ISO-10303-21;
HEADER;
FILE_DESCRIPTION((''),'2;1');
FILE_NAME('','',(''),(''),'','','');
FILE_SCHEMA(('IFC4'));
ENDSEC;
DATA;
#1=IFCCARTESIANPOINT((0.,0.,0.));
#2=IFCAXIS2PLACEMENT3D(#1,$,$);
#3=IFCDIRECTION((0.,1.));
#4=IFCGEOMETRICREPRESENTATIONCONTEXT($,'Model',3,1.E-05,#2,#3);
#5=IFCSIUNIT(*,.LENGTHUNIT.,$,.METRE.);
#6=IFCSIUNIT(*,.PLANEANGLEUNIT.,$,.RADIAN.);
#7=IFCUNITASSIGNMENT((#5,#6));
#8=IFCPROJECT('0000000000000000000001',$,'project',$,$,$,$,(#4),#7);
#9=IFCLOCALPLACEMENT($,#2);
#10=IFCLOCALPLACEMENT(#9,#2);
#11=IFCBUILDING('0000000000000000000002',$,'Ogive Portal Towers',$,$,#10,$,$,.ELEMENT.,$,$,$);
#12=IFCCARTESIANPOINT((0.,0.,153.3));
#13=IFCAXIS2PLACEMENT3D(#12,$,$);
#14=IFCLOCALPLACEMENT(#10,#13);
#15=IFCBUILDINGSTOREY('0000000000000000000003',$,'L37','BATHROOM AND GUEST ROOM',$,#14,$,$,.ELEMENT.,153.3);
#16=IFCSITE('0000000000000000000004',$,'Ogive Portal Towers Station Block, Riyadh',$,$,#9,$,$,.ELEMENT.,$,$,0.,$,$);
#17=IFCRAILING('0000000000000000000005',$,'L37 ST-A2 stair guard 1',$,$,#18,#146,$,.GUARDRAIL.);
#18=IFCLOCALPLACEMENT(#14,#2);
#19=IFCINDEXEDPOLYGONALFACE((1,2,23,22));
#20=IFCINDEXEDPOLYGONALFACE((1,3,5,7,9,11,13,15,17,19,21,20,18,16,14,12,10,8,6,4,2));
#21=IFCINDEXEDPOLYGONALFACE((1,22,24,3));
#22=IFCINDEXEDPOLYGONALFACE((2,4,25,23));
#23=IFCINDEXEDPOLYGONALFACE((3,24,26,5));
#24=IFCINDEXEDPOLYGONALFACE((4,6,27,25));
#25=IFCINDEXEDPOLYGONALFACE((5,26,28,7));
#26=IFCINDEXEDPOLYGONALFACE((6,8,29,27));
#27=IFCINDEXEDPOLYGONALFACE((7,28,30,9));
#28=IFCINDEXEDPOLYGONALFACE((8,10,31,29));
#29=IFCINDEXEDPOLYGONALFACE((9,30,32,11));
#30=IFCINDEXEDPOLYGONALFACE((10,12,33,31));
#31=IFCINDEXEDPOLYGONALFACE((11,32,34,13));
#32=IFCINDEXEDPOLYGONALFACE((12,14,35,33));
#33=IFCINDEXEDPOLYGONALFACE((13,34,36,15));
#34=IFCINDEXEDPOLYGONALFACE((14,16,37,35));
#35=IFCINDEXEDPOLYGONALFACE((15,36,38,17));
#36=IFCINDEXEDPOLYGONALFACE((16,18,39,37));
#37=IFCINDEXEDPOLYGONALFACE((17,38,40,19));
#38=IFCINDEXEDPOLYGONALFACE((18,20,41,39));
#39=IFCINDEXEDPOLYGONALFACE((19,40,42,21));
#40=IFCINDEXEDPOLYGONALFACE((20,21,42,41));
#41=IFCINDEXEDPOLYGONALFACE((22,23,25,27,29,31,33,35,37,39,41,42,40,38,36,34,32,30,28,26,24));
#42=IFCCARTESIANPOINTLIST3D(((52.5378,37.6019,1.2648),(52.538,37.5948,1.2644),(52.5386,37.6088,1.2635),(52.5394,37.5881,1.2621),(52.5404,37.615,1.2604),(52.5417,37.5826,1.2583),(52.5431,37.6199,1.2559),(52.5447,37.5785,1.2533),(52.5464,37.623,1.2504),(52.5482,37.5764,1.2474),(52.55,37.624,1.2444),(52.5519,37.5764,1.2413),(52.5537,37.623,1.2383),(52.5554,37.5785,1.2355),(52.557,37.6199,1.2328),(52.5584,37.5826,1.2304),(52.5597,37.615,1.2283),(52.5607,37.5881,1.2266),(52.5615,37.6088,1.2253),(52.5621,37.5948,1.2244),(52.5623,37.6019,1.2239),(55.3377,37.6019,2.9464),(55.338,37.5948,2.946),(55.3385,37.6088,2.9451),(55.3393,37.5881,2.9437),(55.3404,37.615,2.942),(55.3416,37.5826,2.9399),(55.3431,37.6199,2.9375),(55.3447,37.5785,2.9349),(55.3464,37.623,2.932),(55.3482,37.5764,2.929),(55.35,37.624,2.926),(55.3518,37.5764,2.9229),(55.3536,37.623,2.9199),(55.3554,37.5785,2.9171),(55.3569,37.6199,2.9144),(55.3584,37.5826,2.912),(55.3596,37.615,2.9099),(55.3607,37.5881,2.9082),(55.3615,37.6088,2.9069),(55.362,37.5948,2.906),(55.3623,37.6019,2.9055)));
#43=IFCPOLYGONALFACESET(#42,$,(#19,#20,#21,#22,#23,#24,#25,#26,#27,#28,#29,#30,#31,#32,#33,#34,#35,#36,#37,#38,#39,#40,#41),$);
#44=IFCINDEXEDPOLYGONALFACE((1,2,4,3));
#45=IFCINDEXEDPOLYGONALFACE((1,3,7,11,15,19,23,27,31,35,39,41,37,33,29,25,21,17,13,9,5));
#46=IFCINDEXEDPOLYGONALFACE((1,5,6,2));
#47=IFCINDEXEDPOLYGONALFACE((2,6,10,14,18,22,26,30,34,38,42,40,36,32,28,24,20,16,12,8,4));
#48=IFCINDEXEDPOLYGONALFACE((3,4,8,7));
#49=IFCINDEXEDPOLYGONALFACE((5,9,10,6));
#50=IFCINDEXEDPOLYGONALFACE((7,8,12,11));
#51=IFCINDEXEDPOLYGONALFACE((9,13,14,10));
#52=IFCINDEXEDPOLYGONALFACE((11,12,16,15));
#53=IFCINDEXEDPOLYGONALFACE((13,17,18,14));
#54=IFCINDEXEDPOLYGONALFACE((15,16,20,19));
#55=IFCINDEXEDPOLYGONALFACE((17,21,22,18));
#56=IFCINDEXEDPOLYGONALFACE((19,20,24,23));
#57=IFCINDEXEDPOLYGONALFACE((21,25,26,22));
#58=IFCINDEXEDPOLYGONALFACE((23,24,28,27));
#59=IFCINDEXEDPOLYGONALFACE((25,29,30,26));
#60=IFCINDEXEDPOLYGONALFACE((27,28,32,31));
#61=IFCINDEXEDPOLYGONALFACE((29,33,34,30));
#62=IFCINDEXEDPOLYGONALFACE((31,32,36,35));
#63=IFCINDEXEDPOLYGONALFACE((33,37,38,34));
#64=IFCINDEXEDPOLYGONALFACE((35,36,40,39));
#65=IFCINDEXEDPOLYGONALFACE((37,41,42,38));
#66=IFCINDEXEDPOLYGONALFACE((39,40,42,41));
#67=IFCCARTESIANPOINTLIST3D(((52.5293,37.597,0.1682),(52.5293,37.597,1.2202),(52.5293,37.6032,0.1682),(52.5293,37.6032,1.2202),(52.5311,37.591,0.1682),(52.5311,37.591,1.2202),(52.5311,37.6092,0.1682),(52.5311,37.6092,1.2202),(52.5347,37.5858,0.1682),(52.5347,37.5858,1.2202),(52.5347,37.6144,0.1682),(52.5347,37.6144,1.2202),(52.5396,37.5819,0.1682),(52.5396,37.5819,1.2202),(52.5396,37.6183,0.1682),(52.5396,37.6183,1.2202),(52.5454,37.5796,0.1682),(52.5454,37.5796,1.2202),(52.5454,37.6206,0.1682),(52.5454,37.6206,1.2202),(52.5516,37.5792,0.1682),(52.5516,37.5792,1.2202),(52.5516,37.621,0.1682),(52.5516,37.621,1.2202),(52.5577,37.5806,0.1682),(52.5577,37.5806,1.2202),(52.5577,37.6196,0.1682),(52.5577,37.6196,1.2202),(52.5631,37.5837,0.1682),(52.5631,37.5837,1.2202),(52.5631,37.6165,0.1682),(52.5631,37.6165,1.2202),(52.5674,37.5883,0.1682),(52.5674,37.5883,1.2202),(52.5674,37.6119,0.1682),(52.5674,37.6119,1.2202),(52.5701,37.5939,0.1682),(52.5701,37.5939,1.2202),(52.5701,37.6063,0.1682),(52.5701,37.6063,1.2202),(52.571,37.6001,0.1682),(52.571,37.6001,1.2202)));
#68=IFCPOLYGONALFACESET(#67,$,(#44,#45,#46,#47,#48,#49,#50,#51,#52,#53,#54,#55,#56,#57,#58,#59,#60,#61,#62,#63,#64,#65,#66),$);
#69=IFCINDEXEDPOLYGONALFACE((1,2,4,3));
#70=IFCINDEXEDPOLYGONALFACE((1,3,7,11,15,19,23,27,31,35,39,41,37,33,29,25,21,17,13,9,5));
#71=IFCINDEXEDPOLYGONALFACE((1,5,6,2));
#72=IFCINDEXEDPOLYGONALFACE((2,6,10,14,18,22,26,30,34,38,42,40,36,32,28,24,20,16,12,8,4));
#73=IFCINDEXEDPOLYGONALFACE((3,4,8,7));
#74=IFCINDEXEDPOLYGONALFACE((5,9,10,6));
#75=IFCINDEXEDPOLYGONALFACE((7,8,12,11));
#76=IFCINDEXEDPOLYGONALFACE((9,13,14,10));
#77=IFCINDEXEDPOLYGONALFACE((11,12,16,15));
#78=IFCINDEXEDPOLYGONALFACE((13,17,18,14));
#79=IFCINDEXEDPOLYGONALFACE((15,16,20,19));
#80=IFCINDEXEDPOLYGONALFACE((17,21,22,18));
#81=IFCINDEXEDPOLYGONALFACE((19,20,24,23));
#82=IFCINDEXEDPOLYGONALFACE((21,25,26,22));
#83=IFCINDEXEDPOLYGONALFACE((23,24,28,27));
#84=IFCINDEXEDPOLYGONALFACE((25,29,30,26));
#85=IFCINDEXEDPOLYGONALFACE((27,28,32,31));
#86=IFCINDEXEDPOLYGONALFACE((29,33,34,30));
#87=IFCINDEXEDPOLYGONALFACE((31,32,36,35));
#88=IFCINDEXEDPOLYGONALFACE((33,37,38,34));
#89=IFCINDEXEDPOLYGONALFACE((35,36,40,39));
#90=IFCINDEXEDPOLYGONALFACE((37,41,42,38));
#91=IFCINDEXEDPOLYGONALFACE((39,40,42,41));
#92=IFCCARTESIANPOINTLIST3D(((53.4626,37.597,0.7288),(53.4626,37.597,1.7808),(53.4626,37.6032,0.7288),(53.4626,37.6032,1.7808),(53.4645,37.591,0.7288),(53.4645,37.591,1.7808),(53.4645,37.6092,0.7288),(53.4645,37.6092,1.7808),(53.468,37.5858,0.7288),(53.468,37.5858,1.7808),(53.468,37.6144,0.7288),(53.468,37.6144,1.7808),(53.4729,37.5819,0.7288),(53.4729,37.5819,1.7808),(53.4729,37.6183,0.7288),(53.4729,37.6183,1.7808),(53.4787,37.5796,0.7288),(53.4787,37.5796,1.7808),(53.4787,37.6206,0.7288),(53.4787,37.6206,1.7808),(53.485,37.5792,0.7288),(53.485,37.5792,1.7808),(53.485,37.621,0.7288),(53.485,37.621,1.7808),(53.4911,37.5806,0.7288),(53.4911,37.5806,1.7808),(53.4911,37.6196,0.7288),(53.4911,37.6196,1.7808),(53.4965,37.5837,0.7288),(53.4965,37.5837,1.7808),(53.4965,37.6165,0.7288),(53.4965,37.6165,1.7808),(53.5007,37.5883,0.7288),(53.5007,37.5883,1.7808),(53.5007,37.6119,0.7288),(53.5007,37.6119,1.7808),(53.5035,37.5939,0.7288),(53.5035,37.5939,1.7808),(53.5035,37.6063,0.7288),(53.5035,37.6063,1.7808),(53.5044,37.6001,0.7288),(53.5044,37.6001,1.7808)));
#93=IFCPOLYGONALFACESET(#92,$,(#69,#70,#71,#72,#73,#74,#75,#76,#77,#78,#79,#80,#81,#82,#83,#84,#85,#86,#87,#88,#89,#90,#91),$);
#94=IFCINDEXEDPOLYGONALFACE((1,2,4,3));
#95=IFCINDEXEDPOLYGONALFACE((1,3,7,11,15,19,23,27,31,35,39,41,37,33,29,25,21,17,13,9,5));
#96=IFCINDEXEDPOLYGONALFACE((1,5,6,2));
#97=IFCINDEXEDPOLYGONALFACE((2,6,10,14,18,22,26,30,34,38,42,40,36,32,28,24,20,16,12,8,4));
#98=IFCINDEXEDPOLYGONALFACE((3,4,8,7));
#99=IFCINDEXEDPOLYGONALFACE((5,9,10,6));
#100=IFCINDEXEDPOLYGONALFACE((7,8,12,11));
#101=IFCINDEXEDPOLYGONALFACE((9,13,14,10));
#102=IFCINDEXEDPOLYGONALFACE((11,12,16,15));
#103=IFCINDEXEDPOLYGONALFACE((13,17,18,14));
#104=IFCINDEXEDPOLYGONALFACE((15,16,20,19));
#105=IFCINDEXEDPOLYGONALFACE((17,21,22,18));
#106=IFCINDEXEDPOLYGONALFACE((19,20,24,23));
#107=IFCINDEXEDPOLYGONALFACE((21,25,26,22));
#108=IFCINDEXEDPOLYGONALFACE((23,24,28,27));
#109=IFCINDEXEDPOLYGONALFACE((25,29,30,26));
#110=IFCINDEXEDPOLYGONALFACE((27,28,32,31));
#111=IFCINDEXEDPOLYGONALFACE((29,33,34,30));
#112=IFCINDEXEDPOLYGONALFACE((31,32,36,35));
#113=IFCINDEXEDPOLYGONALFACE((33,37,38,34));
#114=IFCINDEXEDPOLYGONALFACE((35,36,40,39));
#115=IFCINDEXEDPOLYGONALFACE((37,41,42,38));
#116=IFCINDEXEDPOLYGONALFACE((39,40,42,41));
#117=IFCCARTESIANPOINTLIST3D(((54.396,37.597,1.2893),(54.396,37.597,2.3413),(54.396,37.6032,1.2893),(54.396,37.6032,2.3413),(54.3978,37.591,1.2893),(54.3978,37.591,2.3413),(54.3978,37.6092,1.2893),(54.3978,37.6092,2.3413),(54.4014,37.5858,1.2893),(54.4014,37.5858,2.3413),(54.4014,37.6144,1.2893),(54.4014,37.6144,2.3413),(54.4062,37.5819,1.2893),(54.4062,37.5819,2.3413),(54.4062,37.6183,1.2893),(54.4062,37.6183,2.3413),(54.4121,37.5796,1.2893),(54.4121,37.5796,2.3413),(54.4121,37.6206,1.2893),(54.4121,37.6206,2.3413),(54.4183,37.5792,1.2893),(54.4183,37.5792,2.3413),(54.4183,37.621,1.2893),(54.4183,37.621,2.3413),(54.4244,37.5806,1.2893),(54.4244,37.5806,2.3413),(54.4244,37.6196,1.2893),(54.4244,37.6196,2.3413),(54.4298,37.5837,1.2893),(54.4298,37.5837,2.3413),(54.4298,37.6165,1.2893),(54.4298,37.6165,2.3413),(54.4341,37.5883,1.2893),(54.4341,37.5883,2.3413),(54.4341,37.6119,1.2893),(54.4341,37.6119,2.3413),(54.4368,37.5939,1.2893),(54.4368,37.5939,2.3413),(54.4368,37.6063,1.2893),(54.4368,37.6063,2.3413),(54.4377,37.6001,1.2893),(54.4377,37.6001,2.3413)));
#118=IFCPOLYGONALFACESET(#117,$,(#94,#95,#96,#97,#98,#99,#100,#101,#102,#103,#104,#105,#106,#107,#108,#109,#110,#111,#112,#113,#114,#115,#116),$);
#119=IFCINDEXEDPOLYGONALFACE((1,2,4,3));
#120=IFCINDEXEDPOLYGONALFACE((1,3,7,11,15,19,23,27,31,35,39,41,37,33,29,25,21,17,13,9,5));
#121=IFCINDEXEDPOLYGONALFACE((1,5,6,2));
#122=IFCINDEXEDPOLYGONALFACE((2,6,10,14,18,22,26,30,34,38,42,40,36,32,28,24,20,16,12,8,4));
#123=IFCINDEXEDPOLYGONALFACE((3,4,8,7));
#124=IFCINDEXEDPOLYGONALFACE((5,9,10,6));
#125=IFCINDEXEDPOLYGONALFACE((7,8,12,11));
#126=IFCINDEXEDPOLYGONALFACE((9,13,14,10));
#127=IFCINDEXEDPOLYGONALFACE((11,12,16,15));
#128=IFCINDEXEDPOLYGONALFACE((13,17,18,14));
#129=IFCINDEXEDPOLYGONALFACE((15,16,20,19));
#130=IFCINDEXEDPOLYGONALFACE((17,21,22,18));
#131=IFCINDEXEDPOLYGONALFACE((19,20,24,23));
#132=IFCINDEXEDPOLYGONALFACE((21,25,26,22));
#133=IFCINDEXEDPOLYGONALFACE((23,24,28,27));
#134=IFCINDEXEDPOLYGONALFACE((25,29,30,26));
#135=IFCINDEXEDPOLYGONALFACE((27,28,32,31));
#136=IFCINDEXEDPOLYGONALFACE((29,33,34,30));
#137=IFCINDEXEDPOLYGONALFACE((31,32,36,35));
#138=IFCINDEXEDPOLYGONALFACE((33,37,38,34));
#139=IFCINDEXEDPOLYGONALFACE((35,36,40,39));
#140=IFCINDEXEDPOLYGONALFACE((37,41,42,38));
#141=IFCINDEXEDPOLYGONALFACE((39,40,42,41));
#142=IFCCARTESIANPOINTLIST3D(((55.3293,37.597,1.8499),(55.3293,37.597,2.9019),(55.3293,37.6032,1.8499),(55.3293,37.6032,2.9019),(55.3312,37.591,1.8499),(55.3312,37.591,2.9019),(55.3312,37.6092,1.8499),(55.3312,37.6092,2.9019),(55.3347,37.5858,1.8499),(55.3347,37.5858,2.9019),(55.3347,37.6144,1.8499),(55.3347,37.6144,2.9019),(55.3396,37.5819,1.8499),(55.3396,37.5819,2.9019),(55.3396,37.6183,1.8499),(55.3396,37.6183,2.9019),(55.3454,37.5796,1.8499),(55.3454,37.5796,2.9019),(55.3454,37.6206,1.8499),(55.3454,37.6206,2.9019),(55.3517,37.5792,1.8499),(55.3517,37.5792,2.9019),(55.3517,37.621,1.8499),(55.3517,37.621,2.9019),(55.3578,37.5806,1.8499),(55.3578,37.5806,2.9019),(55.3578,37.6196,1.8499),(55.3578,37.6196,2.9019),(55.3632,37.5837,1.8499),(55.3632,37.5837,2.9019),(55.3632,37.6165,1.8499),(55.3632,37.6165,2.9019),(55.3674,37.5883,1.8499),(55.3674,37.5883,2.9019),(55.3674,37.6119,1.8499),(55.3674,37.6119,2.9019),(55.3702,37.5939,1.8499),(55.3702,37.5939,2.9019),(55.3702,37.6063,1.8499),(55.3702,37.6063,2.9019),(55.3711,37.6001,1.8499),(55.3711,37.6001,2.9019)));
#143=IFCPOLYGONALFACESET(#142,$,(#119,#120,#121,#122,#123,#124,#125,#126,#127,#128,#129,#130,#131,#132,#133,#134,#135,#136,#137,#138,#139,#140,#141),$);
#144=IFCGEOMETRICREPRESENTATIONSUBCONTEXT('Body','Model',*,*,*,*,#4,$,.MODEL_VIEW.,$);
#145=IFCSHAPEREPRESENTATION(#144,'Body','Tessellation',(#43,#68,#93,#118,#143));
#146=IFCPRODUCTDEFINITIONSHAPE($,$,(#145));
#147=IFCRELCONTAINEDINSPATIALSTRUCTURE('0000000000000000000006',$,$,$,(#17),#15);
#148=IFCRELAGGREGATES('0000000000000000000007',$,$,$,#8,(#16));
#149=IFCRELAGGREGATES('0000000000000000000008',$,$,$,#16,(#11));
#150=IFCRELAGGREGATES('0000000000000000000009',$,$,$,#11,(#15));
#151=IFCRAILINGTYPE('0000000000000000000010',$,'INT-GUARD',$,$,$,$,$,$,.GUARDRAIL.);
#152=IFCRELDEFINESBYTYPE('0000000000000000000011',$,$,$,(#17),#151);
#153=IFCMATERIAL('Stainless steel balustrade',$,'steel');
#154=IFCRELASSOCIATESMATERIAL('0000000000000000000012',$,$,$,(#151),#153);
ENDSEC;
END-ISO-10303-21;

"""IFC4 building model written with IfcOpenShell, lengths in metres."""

from ifc_helpers import new_model, si_unit, direction, frame, origin, origin_2d, place, context, subcontext, project, spatial, circle, extrude, material, type_object, element, save


model = new_model("IFC4")

# Units and contexts
model_context = context("Model", 3, precision=1e-05, world=origin(), true_north=direction((0.0, 1.0)))
body_context = subcontext(model_context, "Body", "Model", "MODEL_VIEW")
ifc_project = project(units=[si_unit("LENGTHUNIT", "METRE"), si_unit("PLANEANGLEUNIT", "RADIAN")], contexts=[model_context])

# Site, building, storey
site_placement = place(None, origin())
site = spatial("IfcSite", under=ifc_project, at=site_placement, Name="Ogive Portal Towers Station Block, Riyadh", CompositionType="ELEMENT", RefElevation=0.0)
building_placement = place(site_placement, origin())
building = spatial("IfcBuilding", under=site, at=building_placement, Name="Ogive Portal Towers", CompositionType="ELEMENT")
storey_placement = place(building_placement, frame((0.0, 0.0, 153.3)))
storey = spatial("IfcBuildingStorey", under=building, at=storey_placement, Name="L37", Description="BATHROOM AND GUEST ROOM", CompositionType="ELEMENT", Elevation=153.3)

# Railing
ifc_material_1 = material(Name="Stainless steel balustrade", Category="steel")
railing_type_1 = type_object("IfcRailingType", Name="INT-GUARD", PredefinedType="GUARDRAIL", material=ifc_material_1)
railing_1_placement = place(storey_placement, frame((52.55, 37.6001, 0.1682)))
element("IfcRailing", 1, at=railing_1_placement, inside=storey, type_object=railing_type_1, Name="L37 ST-A2 stair guard 1", PredefinedType="GUARDRAIL", context=body_context, shape_type="SweptSolid", body=[
    extrude(circle(Radius=0.0239, at=origin_2d()), frame((0.0, 0.0, 1.0762), z_axis=(0.857275, 0.0, 0.514858), x_axis=(0.0, 1.0, 0.0)), (0.0, 0.0, 1.0), 3.2661),
    extrude(circle(Radius=0.021, at=origin_2d()), origin(), (0.0, 0.0, 1.0), 1.052),
    extrude(circle(Radius=0.021, at=origin_2d()), frame((0.9333, 0.0, 0.5605)), (0.0, 0.0, 1.0), 1.052),
    extrude(circle(Radius=0.021, at=origin_2d()), frame((1.8667, 0.0, 1.1211)), (0.0, 0.0, 1.0), 1.052),
    extrude(circle(Radius=0.021, at=origin_2d()), frame((2.8, 0.0, 1.6816)), (0.0, 0.0, 1.0), 1.052),
])

save(model, "model.ifc")
